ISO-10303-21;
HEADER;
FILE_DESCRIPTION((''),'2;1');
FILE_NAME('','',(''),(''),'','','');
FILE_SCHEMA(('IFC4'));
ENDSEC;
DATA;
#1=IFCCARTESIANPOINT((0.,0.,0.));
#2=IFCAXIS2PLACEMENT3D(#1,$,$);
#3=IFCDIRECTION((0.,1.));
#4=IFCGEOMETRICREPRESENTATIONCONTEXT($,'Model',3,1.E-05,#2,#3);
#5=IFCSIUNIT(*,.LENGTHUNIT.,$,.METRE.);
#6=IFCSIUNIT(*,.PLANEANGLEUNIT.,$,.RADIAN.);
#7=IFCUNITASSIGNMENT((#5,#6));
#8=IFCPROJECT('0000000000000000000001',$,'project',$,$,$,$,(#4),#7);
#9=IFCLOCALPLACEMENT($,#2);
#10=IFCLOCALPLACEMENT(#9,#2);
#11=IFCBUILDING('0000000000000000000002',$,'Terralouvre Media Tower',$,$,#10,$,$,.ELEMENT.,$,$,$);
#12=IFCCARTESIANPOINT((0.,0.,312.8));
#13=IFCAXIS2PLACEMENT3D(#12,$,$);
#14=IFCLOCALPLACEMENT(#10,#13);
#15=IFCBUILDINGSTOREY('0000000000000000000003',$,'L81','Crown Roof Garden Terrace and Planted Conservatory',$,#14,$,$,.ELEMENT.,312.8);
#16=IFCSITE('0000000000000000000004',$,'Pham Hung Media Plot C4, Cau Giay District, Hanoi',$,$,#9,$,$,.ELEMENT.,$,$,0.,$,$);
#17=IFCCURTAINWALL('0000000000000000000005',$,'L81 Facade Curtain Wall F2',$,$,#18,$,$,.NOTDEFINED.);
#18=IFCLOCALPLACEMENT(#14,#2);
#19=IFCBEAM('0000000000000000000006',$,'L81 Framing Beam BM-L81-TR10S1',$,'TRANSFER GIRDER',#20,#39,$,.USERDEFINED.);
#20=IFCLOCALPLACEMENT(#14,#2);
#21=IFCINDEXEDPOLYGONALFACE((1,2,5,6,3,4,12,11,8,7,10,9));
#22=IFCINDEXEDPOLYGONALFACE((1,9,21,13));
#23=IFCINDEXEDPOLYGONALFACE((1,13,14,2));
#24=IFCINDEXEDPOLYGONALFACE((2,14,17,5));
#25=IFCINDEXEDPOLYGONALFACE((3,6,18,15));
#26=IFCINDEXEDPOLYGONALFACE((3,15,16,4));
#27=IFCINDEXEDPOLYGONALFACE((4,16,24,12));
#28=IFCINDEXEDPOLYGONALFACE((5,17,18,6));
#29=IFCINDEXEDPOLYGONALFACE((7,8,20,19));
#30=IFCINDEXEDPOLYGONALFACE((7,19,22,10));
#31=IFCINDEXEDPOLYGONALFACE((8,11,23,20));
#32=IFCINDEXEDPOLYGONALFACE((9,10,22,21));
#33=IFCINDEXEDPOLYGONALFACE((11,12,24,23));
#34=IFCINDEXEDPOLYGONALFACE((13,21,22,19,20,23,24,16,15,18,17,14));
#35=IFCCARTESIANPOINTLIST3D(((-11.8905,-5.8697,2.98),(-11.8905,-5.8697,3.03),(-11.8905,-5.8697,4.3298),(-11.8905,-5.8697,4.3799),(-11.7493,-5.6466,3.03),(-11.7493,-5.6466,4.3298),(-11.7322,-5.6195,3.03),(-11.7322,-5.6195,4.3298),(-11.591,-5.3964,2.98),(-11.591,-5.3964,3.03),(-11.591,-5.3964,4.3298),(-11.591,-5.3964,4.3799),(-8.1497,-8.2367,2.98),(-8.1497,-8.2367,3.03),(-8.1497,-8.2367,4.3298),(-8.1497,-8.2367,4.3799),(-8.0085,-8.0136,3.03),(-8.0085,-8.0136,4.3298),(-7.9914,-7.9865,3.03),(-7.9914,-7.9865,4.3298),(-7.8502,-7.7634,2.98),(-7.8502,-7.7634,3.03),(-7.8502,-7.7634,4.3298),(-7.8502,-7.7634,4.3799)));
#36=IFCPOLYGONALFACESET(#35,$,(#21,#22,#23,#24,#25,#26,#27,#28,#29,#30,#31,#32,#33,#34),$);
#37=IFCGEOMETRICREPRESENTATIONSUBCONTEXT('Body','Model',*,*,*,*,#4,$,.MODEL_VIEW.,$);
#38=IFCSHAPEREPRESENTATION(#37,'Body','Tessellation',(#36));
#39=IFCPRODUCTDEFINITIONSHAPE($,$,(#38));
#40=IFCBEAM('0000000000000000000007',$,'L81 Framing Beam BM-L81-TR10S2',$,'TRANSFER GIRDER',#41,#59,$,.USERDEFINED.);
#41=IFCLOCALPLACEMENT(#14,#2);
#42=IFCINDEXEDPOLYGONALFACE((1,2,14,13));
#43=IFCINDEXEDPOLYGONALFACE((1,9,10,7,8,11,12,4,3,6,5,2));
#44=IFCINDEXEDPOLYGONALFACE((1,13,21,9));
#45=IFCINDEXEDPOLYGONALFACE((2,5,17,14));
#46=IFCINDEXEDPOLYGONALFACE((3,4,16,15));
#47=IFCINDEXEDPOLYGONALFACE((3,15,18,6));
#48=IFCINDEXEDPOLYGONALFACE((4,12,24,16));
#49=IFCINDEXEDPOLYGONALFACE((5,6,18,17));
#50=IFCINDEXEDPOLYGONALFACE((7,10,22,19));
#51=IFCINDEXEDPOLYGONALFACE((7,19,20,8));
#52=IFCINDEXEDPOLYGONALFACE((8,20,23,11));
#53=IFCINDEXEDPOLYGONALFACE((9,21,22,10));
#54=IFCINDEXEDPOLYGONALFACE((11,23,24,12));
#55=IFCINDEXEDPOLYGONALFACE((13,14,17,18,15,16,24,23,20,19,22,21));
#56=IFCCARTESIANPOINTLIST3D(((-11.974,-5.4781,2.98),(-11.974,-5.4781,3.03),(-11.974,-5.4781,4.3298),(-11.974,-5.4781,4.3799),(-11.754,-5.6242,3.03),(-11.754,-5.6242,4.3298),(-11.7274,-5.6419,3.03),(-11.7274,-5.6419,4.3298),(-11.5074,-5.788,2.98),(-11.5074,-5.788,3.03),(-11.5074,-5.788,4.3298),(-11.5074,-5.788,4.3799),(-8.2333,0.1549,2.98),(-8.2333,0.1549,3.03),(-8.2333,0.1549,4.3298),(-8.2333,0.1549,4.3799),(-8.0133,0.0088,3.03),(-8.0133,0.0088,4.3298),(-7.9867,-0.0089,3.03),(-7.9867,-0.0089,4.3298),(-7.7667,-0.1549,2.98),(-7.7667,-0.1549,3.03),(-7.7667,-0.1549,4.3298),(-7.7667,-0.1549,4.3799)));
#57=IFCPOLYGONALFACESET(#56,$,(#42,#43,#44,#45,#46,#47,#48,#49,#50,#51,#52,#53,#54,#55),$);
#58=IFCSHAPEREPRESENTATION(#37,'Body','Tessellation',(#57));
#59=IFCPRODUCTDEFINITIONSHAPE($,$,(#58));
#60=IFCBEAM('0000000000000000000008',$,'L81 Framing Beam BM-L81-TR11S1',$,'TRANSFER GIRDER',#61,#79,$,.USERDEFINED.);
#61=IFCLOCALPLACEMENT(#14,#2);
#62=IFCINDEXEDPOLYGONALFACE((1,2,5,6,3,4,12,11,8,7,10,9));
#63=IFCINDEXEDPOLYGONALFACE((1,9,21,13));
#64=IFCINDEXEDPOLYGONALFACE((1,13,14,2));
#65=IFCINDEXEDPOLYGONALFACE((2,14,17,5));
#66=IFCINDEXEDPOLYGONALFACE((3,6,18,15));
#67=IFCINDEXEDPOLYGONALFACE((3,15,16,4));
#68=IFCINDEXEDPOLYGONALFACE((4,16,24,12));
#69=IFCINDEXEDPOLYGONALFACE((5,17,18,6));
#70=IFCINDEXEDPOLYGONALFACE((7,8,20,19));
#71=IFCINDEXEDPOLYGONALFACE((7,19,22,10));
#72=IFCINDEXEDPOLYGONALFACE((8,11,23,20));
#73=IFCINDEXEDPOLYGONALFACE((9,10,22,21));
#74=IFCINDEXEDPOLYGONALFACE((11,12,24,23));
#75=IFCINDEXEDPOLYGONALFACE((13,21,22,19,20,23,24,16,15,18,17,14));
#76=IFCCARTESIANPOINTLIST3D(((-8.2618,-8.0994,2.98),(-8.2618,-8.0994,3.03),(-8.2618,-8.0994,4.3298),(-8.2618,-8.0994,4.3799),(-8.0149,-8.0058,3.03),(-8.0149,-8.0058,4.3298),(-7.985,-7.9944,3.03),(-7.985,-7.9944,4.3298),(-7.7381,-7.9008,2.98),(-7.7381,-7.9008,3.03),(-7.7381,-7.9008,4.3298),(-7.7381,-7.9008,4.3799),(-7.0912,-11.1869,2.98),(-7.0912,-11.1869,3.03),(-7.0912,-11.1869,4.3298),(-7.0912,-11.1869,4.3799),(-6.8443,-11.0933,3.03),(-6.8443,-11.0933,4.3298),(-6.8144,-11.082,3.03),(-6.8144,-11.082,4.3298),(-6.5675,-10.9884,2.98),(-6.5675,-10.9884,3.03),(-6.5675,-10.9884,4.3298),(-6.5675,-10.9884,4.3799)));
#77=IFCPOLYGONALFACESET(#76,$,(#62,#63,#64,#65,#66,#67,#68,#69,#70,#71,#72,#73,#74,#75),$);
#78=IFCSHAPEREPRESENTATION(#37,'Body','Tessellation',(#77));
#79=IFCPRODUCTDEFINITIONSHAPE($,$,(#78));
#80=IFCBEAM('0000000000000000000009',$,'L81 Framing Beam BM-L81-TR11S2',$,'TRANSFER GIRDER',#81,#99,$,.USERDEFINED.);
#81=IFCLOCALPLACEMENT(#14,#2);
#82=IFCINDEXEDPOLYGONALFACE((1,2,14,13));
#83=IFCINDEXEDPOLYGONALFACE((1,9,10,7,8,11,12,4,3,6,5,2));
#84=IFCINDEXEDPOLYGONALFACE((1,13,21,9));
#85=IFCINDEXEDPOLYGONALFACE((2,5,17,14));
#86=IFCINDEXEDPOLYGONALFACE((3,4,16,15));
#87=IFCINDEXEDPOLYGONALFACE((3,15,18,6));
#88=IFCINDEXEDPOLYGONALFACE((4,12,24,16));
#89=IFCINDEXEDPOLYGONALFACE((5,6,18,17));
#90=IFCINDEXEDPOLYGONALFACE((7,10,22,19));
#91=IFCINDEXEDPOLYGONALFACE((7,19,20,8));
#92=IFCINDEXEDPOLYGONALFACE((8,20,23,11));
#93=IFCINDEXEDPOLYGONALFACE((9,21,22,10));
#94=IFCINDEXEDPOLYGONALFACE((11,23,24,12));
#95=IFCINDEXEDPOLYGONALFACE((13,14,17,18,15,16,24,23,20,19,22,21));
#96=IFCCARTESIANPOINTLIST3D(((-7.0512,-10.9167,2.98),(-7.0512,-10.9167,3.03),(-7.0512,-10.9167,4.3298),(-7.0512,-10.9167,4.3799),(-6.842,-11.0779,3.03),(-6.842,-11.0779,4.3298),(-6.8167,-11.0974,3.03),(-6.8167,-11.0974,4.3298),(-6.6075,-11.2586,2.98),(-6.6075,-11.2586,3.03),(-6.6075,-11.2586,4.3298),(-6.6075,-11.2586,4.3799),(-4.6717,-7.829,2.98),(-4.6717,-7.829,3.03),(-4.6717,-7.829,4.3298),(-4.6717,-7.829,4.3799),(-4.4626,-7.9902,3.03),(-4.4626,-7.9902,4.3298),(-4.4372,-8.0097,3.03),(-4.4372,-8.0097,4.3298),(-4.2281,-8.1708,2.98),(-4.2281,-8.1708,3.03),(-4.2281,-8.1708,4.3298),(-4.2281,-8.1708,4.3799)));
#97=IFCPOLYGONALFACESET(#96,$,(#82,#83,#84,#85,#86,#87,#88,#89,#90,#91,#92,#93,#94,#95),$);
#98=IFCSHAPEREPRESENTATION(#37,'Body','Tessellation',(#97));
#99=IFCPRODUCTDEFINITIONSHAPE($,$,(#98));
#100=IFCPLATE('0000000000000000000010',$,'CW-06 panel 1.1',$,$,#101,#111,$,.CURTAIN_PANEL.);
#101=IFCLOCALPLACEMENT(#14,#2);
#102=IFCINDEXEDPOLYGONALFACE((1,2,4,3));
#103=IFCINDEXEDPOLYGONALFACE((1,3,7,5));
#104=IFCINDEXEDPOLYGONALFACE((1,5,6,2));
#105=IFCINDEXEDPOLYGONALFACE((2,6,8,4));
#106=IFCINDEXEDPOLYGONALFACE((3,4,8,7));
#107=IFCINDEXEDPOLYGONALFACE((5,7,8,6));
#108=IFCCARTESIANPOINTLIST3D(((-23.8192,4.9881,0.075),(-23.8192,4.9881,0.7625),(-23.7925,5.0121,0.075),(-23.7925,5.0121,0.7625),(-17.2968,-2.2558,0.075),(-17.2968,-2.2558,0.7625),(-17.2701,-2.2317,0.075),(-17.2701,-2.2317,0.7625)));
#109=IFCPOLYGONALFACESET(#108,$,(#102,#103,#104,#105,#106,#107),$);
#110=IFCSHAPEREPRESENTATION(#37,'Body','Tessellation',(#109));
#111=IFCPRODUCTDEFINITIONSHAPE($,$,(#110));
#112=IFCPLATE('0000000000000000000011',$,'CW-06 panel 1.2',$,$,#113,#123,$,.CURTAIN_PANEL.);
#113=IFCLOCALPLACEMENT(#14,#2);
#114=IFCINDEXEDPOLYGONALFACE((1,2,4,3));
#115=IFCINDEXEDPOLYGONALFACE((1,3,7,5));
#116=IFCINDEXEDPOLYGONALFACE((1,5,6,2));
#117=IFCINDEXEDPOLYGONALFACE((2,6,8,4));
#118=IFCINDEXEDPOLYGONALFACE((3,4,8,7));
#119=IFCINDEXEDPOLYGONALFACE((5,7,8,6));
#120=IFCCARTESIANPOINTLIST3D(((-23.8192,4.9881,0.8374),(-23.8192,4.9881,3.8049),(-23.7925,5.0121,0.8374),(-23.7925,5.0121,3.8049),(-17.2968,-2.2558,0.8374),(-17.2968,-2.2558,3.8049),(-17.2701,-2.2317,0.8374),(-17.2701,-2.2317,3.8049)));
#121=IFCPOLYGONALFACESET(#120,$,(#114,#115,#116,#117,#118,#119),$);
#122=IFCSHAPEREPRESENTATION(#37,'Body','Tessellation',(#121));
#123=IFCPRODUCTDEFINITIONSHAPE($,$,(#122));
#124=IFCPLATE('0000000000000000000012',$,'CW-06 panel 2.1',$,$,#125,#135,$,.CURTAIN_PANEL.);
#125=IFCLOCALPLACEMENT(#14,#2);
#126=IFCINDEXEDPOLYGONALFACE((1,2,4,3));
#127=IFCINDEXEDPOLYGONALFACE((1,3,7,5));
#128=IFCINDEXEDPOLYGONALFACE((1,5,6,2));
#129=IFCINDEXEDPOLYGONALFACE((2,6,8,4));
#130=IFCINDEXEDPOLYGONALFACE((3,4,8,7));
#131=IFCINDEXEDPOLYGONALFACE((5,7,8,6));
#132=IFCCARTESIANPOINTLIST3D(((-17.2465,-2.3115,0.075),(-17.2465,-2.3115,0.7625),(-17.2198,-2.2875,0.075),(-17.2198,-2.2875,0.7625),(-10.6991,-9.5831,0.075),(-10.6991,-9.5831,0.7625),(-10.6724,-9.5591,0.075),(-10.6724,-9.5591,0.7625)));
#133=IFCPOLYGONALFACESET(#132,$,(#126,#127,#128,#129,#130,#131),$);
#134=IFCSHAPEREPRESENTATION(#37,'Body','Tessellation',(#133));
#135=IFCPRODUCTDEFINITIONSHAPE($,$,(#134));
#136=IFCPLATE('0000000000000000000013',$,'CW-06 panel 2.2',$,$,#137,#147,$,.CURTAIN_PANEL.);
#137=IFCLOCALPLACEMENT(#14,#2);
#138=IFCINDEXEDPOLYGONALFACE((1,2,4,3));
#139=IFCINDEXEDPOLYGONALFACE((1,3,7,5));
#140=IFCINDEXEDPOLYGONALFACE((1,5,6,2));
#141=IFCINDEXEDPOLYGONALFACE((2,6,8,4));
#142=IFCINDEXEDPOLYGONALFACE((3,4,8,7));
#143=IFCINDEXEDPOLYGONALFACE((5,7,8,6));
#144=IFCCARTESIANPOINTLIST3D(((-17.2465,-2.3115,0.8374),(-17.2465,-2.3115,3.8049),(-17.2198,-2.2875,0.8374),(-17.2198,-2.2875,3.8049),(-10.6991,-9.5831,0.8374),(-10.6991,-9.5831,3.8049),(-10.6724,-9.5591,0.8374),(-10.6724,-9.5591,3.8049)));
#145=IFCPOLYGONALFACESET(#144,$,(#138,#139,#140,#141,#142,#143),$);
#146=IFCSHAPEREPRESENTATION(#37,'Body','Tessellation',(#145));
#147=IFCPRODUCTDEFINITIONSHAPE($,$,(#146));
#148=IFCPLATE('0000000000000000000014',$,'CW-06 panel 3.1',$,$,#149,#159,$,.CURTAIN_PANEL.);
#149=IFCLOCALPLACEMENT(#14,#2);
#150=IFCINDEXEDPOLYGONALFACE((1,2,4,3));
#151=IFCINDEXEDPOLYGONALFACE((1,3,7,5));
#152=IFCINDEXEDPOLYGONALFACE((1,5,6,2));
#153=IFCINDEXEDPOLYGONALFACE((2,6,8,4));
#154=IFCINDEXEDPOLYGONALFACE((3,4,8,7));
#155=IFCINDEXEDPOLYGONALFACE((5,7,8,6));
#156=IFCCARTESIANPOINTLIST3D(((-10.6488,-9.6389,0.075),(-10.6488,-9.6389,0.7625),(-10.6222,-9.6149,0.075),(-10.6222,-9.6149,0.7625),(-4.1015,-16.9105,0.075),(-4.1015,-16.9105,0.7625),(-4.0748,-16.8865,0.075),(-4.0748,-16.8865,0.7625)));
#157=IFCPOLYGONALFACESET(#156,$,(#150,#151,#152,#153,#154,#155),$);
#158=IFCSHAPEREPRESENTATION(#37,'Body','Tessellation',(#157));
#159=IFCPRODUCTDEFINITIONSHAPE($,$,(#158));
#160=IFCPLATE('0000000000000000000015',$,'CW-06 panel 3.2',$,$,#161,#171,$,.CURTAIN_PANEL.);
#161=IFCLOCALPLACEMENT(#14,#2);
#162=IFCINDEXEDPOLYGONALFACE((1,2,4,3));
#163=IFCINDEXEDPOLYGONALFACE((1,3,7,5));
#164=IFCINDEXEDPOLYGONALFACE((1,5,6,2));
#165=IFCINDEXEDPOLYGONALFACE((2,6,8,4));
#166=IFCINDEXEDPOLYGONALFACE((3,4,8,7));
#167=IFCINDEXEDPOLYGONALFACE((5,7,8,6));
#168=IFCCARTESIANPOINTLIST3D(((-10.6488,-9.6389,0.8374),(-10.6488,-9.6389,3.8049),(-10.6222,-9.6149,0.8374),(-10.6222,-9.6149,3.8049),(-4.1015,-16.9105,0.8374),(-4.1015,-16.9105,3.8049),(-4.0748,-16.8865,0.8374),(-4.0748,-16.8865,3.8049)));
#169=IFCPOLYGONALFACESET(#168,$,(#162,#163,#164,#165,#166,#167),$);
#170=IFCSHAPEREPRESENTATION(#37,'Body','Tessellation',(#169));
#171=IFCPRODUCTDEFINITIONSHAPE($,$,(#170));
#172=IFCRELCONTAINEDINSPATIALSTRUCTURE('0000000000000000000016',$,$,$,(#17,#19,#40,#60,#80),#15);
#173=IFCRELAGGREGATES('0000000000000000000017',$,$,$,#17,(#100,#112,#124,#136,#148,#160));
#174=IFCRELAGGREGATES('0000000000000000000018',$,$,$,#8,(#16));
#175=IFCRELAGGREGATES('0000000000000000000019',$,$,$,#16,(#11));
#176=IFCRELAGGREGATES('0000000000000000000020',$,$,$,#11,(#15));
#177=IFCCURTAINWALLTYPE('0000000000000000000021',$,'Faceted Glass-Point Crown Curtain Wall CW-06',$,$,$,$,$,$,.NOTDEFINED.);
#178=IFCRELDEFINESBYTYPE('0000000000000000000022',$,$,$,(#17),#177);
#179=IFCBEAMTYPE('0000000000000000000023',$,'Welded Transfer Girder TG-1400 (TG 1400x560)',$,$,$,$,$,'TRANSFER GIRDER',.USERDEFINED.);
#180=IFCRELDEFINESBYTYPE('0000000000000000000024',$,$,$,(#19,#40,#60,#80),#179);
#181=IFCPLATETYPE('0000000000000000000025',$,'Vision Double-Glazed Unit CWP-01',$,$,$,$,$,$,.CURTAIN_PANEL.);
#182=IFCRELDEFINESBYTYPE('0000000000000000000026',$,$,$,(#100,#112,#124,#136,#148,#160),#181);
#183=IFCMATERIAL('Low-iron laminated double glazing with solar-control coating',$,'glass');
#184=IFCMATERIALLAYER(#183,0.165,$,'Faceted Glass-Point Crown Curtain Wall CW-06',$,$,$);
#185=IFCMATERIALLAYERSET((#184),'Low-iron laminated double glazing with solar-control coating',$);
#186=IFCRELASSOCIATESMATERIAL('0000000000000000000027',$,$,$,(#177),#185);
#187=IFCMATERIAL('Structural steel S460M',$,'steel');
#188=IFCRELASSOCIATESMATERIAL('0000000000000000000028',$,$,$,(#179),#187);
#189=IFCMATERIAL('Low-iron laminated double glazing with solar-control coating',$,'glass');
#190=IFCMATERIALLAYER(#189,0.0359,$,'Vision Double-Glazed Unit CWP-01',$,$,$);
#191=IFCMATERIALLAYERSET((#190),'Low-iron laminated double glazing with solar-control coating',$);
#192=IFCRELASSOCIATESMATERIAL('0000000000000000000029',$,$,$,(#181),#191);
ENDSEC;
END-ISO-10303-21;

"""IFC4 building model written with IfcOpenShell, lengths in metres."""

from ifc_helpers import new_model, si_unit, direction, frame, origin, origin_2d, place, context, subcontext, project, spatial, rectangle, i_section, extrude, material, layer, layer_set, material_profile, profile_set, type_object, element, aggregate, save


model = new_model("IFC4")

# Units and contexts
model_context = context("Model", 3, precision=1e-05, world=origin(), true_north=direction((0.0, 1.0)))
body_context = subcontext(model_context, "Body", "Model", "MODEL_VIEW")
ifc_project = project(units=[si_unit("LENGTHUNIT", "METRE"), si_unit("PLANEANGLEUNIT", "RADIAN")], contexts=[model_context])

# Site, building, storey
site_placement = place(None, origin())
site = spatial("IfcSite", under=ifc_project, at=site_placement, Name="Pham Hung Media Plot C4, Cau Giay District, Hanoi", CompositionType="ELEMENT", RefElevation=0.0)
building_placement = place(site_placement, origin())
building = spatial("IfcBuilding", under=site, at=building_placement, Name="Terralouvre Media Tower", CompositionType="ELEMENT")
storey_placement = place(building_placement, frame((0.0, 0.0, 312.8)))
storey = spatial("IfcBuildingStorey", under=building, at=storey_placement, Name="L81", Description="Crown Roof Garden Terrace and Planted Conservatory", CompositionType="ELEMENT", Elevation=312.8)

# Curtain wall
ifc_material_1 = material(Name="Low-iron laminated double glazing with solar-control coating", Category="glass")
ifc_layer_1 = layer(ifc_material_1, 0.165, Name="Faceted Glass-Point Crown Curtain Wall CW-06")
ifc_layer_set_1 = layer_set([ifc_layer_1], Name="Low-iron laminated double glazing with solar-control coating")
curtain_wall_type = type_object("IfcCurtainWallType", Name="Faceted Glass-Point Crown Curtain Wall CW-06", PredefinedType="NOTDEFINED", material=ifc_layer_set_1)
curtain_wall_placement = place(storey_placement, origin())
curtain_wall = element("IfcCurtainWall", 1, at=curtain_wall_placement, inside=storey, type_object=curtain_wall_type, Name="L81 Facade Curtain Wall F2", PredefinedType="NOTDEFINED")

# Beams
ifc_material_2 = material(Name="Structural steel S460M", Category="steel")
ifc_material_profile_1 = material_profile(ifc_material_2, i_section(OverallWidth=0.5601, OverallDepth=1.3999, WebThickness=0.032, FlangeThickness=0.05, at=origin_2d()), Name="TG 1400x560")
ifc_profile_set_1 = profile_set([ifc_material_profile_1], Name="Structural steel S460M")
beam_type_1 = type_object("IfcBeamType", Name="Welded Transfer Girder TG-1400 (TG 1400x560)", ElementType="TRANSFER GIRDER", PredefinedType="USERDEFINED", material=ifc_profile_set_1)
beam_1_placement = place(storey_placement, frame((-11.7407, -5.6331, 3.6799), z_axis=(0.845042, -0.5347, 0.0), x_axis=(0.5347, 0.845042, 0.0)))
element("IfcBeam", 2, at=beam_1_placement, inside=storey, type_object=beam_type_1, Name="L81 Framing Beam BM-L81-TR10S1", ObjectType="TRANSFER GIRDER", PredefinedType="USERDEFINED", context=body_context, shape_type="SweptSolid", body=[
    extrude(i_section(OverallWidth=0.5601, OverallDepth=1.3999, WebThickness=0.032, FlangeThickness=0.05, at=origin_2d()), origin(), (0.0, 0.0, 1.0), 4.4268),
])
beam_2_placement = place(storey_placement, frame((-11.7407, -5.6331, 3.6799), z_axis=(0.5532, 0.833049, 0.0), x_axis=(-0.833049, 0.5532, 0.0)))
element("IfcBeam", 3, at=beam_2_placement, inside=storey, type_object=beam_type_1, Name="L81 Framing Beam BM-L81-TR10S2", ObjectType="TRANSFER GIRDER", PredefinedType="USERDEFINED", context=body_context, shape_type="SweptSolid", body=[
    extrude(i_section(OverallWidth=0.5601, OverallDepth=1.3999, WebThickness=0.032, FlangeThickness=0.05, at=origin_2d()), origin(), (0.0, 0.0, 1.0), 6.762),
])
beam_3_placement = place(storey_placement, frame((-6.8293, -11.0876, 3.6799), z_axis=(-0.354516, 0.93505, 0.0), x_axis=(-0.93505, -0.354516, 0.0)))
element("IfcBeam", 4, at=beam_3_placement, inside=storey, type_object=beam_type_1, Name="L81 Framing Beam BM-L81-TR11S1", ObjectType="TRANSFER GIRDER", PredefinedType="USERDEFINED", context=body_context, shape_type="SweptSolid", body=[
    extrude(i_section(OverallWidth=0.5601, OverallDepth=1.3999, WebThickness=0.032, FlangeThickness=0.05, at=origin_2d()), origin(), (0.0, 0.0, 1.0), 3.302),
])
beam_4_placement = place(storey_placement, frame((-6.8293, -11.0876, 3.6799), z_axis=(0.610401, 0.792093, 0.0), x_axis=(-0.792093, 0.610401, 0.0)))
element("IfcBeam", 5, at=beam_4_placement, inside=storey, type_object=beam_type_1, Name="L81 Framing Beam BM-L81-TR11S2", ObjectType="TRANSFER GIRDER", PredefinedType="USERDEFINED", context=body_context, shape_type="SweptSolid", body=[
    extrude(i_section(OverallWidth=0.5601, OverallDepth=1.3999, WebThickness=0.032, FlangeThickness=0.05, at=origin_2d()), origin(), (0.0, 0.0, 1.0), 3.8982),
])

# Plates
ifc_material_3 = material(Name="Low-iron laminated double glazing with solar-control coating", Category="glass")
ifc_layer_2 = layer(ifc_material_3, 0.0359, Name="Vision Double-Glazed Unit CWP-01")
ifc_layer_set_2 = layer_set([ifc_layer_2], Name="Low-iron laminated double glazing with solar-control coating")
plate_type = type_object("IfcPlateType", Name="Vision Double-Glazed Unit CWP-01", PredefinedType="CURTAIN_PANEL", material=ifc_layer_set_2)
plate_1_placement = place(storey_placement, frame((-20.5447, 1.3782, 0.075), z_axis=(0.0, 0.0, 1.0), x_axis=(0.669131, -0.743145, 0.0)))
plate_1 = element("IfcPlate", 6, at=plate_1_placement, type_object=plate_type, Name="CW-06 panel 1.1", PredefinedType="CURTAIN_PANEL", context=body_context, shape_type="SweptSolid", body=[
    extrude(rectangle(XDim=9.7476, YDim=0.0359, at=origin_2d()), origin(), (0.0, 0.0, 1.0), 0.6875),
])
plate_2_placement = place(storey_placement, frame((-20.5447, 1.3782, 0.8374), z_axis=(0.0, 0.0, 1.0), x_axis=(0.669131, -0.743145, 0.0)))
plate_2 = element("IfcPlate", 7, at=plate_2_placement, type_object=plate_type, Name="CW-06 panel 1.2", PredefinedType="CURTAIN_PANEL", context=body_context, shape_type="SweptSolid", body=[
    extrude(rectangle(XDim=9.7476, YDim=0.0359, at=origin_2d()), origin(), (0.0, 0.0, 1.0), 2.9675),
])
plate_3_placement = place(storey_placement, frame((-13.9595, -5.9353, 0.075), z_axis=(0.0, 0.0, 1.0), x_axis=(0.669131, -0.743145, 0.0)))
plate_3 = element("IfcPlate", 8, at=plate_3_placement, type_object=plate_type, Name="CW-06 panel 2.1", PredefinedType="CURTAIN_PANEL", context=body_context, shape_type="SweptSolid", body=[
    extrude(rectangle(XDim=9.7849, YDim=0.0359, at=origin_2d()), origin(), (0.0, 0.0, 1.0), 0.6875),
])
plate_4_placement = place(storey_placement, frame((-13.9595, -5.9353, 0.8374), z_axis=(0.0, 0.0, 1.0), x_axis=(0.669131, -0.743145, 0.0)))
plate_4 = element("IfcPlate", 9, at=plate_4_placement, type_object=plate_type, Name="CW-06 panel 2.2", PredefinedType="CURTAIN_PANEL", context=body_context, shape_type="SweptSolid", body=[
    extrude(rectangle(XDim=9.7849, YDim=0.0359, at=origin_2d()), origin(), (0.0, 0.0, 1.0), 2.9675),
])
plate_5_placement = place(storey_placement, frame((-7.3618, -13.2627, 0.075), z_axis=(0.0, 0.0, 1.0), x_axis=(0.669131, -0.743145, 0.0)))
plate_5 = element("IfcPlate", 10, at=plate_5_placement, type_object=plate_type, Name="CW-06 panel 3.1", PredefinedType="CURTAIN_PANEL", context=body_context, shape_type="SweptSolid", body=[
    extrude(rectangle(XDim=9.7849, YDim=0.0359, at=origin_2d()), origin(), (0.0, 0.0, 1.0), 0.6875),
])
plate_6_placement = place(storey_placement, frame((-7.3618, -13.2627, 0.8374), z_axis=(0.0, 0.0, 1.0), x_axis=(0.669131, -0.743145, 0.0)))
plate_6 = element("IfcPlate", 11, at=plate_6_placement, type_object=plate_type, Name="CW-06 panel 3.2", PredefinedType="CURTAIN_PANEL", context=body_context, shape_type="SweptSolid", body=[
    extrude(rectangle(XDim=9.7849, YDim=0.0359, at=origin_2d()), origin(), (0.0, 0.0, 1.0), 2.9675),
])
aggregate(curtain_wall, [plate_1, plate_2, plate_3, plate_4, plate_5, plate_6])

save(model, "model.ifc")
